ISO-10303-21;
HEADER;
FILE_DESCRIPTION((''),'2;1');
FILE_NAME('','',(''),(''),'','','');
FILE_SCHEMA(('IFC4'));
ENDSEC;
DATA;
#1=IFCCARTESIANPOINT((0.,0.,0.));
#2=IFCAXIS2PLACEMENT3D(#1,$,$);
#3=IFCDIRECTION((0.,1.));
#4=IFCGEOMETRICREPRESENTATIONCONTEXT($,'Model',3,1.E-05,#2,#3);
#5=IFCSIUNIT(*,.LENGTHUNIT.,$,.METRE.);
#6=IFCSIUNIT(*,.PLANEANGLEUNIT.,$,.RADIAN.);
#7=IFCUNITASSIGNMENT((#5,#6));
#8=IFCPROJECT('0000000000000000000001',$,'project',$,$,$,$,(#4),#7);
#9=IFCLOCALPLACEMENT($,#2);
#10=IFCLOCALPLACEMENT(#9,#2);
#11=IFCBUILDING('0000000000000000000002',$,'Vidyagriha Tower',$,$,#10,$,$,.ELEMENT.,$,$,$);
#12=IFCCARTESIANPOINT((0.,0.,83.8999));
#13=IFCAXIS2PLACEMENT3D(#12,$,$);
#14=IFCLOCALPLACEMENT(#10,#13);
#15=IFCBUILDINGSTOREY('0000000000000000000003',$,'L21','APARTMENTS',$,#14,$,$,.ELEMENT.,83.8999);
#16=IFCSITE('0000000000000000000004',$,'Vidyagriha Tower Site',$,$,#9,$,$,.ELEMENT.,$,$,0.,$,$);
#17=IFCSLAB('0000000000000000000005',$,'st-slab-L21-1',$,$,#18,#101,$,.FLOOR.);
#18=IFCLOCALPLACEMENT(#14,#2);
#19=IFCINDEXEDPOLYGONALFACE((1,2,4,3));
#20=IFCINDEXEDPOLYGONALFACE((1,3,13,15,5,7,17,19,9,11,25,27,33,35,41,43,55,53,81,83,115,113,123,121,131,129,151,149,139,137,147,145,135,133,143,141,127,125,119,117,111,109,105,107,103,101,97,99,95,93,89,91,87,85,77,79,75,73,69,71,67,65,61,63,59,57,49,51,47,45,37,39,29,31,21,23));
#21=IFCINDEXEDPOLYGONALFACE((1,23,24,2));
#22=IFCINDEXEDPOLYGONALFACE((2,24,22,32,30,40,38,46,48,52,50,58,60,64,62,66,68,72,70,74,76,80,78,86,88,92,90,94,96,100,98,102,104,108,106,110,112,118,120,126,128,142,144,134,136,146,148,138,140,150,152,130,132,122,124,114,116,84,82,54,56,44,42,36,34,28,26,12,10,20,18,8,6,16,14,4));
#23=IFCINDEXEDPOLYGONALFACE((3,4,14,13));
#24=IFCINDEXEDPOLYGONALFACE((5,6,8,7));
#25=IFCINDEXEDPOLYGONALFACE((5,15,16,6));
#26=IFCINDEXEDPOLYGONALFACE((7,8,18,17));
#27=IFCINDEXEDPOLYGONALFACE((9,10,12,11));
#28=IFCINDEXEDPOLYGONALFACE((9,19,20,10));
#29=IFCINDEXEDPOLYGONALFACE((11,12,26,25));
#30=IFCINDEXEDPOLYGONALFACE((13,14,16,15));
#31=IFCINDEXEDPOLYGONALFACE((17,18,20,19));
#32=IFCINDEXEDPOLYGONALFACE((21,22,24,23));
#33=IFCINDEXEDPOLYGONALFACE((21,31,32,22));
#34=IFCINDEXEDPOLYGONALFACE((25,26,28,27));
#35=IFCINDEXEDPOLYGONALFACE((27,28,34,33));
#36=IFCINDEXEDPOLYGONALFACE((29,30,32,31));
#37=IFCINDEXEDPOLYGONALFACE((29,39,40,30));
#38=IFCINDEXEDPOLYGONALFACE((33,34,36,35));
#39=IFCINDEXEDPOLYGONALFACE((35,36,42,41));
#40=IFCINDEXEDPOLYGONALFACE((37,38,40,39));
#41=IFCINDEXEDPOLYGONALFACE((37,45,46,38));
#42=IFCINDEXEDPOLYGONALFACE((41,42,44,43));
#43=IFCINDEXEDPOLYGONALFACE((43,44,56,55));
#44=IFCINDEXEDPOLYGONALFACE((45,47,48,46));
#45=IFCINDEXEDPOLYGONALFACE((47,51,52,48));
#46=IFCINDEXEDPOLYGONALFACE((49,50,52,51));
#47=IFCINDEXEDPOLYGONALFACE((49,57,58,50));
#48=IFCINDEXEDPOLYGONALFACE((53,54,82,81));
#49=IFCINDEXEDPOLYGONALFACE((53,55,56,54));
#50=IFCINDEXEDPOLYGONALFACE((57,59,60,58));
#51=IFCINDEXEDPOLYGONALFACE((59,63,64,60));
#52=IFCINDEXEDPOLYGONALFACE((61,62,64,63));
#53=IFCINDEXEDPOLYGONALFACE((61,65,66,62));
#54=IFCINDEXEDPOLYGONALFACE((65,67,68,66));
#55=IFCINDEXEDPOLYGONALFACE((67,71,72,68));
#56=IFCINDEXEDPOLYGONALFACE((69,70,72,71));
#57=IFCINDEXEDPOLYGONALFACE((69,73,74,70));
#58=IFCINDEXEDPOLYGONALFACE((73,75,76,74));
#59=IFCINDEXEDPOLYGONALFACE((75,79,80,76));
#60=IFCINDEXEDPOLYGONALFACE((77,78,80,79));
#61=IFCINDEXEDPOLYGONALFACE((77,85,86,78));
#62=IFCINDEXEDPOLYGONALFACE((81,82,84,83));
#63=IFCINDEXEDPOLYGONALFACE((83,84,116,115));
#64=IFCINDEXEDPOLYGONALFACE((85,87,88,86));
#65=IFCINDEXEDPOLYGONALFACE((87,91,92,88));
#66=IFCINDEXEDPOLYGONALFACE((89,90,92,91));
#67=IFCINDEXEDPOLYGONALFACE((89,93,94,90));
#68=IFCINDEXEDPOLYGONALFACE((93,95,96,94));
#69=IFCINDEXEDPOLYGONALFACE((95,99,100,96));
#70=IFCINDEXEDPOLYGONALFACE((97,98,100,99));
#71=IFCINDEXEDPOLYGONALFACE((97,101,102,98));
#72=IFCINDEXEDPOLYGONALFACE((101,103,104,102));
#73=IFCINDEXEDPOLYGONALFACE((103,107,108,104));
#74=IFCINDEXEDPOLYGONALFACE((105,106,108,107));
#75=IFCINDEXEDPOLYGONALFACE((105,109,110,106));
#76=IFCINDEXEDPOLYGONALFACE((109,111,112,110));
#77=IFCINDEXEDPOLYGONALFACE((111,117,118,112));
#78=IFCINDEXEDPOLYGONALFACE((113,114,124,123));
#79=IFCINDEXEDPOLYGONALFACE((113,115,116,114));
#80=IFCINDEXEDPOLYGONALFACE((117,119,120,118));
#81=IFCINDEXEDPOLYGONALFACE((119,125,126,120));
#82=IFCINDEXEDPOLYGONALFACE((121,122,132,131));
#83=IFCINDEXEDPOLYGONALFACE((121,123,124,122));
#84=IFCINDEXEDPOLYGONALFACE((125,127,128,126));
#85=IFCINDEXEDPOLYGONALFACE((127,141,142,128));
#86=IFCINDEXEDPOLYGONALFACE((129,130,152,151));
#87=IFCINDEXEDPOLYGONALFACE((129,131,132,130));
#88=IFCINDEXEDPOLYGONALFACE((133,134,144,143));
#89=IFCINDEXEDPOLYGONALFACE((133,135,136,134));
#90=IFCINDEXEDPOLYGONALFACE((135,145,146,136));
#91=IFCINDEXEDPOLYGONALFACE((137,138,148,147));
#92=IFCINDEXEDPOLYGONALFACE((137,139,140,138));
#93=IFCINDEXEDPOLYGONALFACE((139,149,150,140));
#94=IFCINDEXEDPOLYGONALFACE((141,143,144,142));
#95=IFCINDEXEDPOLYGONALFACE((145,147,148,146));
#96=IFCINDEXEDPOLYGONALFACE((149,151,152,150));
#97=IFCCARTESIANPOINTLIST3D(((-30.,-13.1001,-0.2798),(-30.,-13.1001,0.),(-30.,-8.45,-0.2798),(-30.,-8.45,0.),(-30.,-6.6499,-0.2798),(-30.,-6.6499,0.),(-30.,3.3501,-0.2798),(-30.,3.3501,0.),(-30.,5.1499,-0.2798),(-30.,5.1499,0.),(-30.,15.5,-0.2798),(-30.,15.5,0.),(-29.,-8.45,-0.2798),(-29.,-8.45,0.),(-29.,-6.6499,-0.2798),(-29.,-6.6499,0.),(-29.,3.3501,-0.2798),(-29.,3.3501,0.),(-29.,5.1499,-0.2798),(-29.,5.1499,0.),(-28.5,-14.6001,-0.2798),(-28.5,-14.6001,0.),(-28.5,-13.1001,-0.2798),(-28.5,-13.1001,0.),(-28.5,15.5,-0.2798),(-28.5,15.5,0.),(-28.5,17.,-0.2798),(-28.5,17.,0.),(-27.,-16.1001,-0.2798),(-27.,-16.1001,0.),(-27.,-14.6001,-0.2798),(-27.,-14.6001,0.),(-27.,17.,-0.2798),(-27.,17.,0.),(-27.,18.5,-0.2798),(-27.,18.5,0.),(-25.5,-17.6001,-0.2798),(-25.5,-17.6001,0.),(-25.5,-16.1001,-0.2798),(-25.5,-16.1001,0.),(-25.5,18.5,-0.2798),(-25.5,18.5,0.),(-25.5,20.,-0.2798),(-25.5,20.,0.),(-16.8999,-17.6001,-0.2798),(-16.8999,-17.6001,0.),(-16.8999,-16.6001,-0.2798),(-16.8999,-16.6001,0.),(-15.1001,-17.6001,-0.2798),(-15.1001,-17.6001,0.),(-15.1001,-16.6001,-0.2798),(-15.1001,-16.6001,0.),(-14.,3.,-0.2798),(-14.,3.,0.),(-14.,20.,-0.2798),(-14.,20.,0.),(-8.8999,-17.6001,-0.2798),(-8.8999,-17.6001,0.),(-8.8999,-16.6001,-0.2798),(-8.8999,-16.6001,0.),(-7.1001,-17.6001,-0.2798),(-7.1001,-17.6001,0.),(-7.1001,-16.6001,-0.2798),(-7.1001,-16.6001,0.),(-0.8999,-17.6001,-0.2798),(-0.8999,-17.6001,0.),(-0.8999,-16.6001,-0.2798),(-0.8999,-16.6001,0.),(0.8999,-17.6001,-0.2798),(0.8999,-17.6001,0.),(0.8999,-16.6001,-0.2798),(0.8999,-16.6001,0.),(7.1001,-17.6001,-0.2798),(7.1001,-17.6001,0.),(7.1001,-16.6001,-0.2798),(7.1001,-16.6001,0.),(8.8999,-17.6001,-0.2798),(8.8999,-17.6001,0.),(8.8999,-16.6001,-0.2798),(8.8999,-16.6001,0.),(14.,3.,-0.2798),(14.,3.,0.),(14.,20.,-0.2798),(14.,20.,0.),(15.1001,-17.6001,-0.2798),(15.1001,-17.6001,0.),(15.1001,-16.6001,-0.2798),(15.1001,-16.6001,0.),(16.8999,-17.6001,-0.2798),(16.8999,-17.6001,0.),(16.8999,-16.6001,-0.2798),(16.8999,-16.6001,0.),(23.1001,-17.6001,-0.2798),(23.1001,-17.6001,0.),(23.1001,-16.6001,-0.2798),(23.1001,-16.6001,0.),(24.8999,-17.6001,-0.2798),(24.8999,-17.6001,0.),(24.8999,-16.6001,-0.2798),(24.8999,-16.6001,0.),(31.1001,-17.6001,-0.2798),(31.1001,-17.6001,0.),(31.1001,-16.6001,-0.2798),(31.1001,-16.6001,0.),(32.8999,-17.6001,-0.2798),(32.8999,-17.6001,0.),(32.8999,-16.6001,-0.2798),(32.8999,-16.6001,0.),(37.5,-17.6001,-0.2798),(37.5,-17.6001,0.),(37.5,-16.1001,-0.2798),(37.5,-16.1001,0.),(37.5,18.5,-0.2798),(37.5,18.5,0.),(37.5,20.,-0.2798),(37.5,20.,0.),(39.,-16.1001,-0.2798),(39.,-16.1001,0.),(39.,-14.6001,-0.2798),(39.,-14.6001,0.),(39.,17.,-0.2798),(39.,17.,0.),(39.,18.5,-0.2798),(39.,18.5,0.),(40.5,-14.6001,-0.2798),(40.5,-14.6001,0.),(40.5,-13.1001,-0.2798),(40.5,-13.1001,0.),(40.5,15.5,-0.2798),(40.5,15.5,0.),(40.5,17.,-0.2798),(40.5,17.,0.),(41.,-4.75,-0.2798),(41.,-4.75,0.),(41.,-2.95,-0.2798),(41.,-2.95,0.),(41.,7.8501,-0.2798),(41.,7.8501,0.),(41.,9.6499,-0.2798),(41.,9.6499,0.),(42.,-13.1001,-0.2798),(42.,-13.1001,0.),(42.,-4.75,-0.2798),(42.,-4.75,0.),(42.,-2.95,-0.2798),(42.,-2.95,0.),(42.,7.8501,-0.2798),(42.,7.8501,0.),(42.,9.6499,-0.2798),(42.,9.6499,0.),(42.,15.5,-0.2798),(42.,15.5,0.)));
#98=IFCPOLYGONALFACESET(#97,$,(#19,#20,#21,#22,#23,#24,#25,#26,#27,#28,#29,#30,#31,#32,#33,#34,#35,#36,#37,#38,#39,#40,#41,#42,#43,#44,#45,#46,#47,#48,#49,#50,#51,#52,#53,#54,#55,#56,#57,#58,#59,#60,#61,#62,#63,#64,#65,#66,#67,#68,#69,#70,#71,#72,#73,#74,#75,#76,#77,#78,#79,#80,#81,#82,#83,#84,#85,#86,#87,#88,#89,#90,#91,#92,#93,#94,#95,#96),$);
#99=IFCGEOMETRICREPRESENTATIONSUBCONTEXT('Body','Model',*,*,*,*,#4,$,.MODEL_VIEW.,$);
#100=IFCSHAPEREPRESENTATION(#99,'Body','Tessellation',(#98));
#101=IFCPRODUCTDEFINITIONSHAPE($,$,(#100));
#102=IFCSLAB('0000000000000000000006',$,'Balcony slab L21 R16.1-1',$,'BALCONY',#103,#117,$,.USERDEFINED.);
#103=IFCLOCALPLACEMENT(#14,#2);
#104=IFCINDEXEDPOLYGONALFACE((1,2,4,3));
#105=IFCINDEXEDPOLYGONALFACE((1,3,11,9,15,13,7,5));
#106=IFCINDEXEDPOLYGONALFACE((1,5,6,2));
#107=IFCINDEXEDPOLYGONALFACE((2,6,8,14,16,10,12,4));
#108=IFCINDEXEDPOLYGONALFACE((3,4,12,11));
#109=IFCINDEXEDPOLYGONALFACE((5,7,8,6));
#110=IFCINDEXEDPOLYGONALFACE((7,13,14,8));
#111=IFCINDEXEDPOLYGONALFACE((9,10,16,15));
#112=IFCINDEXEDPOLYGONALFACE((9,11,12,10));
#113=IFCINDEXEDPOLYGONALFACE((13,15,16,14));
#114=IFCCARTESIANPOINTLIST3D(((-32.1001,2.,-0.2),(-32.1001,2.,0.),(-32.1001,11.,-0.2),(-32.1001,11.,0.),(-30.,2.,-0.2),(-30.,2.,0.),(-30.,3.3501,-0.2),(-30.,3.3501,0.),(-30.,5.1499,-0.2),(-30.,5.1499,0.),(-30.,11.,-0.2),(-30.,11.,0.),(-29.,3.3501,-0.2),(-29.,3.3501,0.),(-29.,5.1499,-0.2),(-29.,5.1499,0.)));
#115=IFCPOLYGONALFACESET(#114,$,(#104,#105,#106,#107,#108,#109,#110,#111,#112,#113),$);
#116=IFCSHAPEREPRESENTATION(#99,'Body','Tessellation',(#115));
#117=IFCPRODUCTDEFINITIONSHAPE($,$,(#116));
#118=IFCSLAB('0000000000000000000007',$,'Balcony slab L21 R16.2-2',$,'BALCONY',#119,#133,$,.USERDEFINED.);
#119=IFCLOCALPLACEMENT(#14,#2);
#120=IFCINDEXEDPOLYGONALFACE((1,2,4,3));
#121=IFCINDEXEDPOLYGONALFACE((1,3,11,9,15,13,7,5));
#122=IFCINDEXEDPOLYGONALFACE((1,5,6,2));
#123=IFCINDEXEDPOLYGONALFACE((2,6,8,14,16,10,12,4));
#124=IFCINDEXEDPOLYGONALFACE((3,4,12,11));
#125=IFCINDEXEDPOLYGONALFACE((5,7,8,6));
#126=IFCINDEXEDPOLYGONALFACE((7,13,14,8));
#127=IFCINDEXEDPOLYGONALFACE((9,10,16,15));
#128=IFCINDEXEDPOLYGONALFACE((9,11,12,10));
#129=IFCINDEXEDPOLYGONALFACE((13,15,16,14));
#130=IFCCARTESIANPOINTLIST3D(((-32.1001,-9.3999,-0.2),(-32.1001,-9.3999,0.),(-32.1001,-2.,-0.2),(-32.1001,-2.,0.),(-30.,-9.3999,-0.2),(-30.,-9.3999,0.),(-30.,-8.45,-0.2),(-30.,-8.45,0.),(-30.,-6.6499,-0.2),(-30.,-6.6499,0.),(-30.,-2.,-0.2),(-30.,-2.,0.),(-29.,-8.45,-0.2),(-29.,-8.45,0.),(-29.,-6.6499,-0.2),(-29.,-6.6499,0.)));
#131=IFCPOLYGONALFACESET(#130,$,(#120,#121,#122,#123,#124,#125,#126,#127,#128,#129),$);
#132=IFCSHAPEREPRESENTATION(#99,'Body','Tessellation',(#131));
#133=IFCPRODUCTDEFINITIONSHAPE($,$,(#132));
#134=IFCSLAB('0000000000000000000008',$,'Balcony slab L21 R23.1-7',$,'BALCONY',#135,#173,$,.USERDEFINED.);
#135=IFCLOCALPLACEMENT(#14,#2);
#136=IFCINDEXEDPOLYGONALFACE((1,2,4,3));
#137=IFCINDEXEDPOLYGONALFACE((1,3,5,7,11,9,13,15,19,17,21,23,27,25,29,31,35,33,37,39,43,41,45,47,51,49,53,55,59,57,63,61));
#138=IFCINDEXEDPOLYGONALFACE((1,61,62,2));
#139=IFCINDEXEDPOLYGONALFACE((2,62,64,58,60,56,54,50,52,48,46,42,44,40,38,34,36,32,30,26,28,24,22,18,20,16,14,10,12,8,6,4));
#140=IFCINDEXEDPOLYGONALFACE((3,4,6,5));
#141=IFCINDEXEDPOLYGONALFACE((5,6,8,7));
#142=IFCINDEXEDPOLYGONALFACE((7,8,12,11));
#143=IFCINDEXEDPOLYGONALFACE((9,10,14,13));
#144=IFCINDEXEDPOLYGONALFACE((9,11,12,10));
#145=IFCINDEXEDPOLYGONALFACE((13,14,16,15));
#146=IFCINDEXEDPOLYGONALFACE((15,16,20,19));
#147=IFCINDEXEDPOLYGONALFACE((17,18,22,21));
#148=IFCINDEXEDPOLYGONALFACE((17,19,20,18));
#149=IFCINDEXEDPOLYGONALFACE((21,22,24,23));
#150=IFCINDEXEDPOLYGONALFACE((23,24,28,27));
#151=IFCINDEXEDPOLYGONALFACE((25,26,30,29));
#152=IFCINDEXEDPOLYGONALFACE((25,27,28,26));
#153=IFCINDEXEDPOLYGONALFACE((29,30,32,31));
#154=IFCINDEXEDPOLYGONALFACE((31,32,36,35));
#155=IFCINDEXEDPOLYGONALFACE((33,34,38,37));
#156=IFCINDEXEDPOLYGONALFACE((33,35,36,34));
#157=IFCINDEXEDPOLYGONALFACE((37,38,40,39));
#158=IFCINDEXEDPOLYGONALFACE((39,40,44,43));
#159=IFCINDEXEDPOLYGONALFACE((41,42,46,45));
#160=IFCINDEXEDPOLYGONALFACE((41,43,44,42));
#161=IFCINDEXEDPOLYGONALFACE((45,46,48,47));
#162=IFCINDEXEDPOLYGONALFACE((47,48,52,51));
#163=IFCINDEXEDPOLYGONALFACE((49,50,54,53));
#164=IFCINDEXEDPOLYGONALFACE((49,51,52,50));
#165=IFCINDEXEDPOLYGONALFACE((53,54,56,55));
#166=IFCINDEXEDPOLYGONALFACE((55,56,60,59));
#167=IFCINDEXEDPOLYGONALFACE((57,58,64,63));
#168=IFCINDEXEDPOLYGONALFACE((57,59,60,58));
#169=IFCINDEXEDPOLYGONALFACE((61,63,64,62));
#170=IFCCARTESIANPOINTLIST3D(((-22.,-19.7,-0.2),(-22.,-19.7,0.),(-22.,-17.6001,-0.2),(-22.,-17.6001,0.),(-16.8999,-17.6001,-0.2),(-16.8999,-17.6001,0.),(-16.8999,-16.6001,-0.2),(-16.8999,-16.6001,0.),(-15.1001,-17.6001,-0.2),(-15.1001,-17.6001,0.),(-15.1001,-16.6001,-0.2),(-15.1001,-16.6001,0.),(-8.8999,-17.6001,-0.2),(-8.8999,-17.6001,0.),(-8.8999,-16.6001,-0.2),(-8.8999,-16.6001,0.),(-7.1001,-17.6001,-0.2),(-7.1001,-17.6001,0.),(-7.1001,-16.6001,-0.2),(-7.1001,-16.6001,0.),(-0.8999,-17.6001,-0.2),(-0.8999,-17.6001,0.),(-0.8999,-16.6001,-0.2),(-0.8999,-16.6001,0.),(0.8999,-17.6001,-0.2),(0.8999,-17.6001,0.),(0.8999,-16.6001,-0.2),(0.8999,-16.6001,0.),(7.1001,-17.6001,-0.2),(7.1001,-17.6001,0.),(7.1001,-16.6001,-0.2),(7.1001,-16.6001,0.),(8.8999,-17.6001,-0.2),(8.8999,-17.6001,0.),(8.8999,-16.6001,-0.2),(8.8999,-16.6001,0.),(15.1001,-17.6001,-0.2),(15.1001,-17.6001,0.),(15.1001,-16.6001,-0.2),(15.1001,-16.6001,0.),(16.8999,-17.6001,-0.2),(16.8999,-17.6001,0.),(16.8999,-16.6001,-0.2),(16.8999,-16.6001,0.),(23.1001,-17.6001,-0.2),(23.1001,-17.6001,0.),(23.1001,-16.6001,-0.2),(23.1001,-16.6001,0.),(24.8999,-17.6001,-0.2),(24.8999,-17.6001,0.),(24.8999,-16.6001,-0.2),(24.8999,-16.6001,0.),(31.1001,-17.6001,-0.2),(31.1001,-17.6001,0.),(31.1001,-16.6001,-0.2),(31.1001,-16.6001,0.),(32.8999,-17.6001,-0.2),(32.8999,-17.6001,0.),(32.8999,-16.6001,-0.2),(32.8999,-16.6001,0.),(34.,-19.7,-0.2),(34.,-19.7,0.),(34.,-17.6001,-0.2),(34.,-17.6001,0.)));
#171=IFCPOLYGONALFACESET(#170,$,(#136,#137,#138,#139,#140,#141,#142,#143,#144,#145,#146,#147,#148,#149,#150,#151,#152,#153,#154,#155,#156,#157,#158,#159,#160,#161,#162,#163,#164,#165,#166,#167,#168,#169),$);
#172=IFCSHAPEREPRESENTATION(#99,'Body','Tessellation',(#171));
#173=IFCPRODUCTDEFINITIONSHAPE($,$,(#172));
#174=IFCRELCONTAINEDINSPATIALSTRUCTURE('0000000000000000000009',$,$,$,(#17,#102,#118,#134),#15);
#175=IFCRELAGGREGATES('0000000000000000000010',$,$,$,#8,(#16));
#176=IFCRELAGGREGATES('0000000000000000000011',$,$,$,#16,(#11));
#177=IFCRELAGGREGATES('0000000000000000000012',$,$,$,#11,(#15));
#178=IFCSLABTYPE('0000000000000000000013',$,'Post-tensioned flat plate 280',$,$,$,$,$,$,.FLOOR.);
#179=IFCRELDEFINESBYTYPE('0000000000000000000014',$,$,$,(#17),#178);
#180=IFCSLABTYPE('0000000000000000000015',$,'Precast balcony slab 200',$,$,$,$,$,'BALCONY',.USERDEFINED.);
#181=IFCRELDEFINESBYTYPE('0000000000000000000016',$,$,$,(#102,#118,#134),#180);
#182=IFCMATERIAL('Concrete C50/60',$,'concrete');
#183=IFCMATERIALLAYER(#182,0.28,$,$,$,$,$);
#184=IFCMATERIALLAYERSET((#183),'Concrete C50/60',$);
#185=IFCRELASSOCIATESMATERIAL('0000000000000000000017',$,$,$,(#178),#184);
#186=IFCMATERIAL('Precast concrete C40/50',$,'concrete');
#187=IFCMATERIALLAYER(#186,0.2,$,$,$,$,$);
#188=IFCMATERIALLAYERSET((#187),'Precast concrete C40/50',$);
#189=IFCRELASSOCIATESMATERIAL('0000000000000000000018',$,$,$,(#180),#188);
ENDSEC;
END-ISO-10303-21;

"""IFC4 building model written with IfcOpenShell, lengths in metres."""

from ifc_helpers import new_model, si_unit, direction, frame, origin, place, context, subcontext, project, spatial, polyline, outline, extrude, material, layer, layer_set, type_object, element, save


model = new_model("IFC4")

# Units and contexts
model_context = context("Model", 3, precision=1e-05, world=origin(), true_north=direction((0.0, 1.0)))
body_context = subcontext(model_context, "Body", "Model", "MODEL_VIEW")
ifc_project = project(units=[si_unit("LENGTHUNIT", "METRE"), si_unit("PLANEANGLEUNIT", "RADIAN")], contexts=[model_context])

# Site, building, storey
site_placement = place(None, origin())
site = spatial("IfcSite", under=ifc_project, at=site_placement, Name="Vidyagriha Tower Site", CompositionType="ELEMENT", RefElevation=0.0)
building_placement = place(site_placement, origin())
building = spatial("IfcBuilding", under=site, at=building_placement, Name="Vidyagriha Tower", CompositionType="ELEMENT")
storey_placement = place(building_placement, frame((0.0, 0.0, 83.8999)))
storey = spatial("IfcBuildingStorey", under=building, at=storey_placement, Name="L21", Description="APARTMENTS", CompositionType="ELEMENT", Elevation=83.8999)

# Slabs
ifc_material_1 = material(Name="Concrete C50/60", Category="concrete")
ifc_layer_1 = layer(ifc_material_1, 0.28)
ifc_layer_set_1 = layer_set([ifc_layer_1], Name="Concrete C50/60")
slab_type_1 = type_object("IfcSlabType", Name="Post-tensioned flat plate 280", PredefinedType="FLOOR", material=ifc_layer_set_1)
slab_1_placement = place(storey_placement, frame((0.0, 0.0, -0.2798)))
element("IfcSlab", 1, at=slab_1_placement, inside=storey, type_object=slab_type_1, Name="st-slab-L21-1", PredefinedType="FLOOR", context=body_context, shape_type="SweptSolid", body=[
    extrude(outline(polyline([(40.5, -14.6001), (39.0, -14.6001), (39.0, -16.1001), (37.5, -16.1001), (37.5, -17.6001), (32.8999, -17.6001), (32.8999, -16.6001), (31.1001, -16.6001), (31.1001, -17.6001), (24.8999, -17.6001), (24.8999, -16.6001), (23.1001, -16.6001), (23.1001, -17.6001), (16.8999, -17.6001), (16.8999, -16.6001), (15.1001, -16.6001), (15.1001, -17.6001), (8.8999, -17.6001), (8.8999, -16.6001), (7.1001, -16.6001), (7.1001, -17.6001), (0.8999, -17.6001), (0.8999, -16.6001), (-0.8999, -16.6001), (-0.8999, -17.6001), (-7.1001, -17.6001), (-7.1001, -16.6001), (-8.8999, -16.6001), (-8.8999, -17.6001), (-15.1001, -17.6001), (-15.1001, -16.6001), (-16.8999, -16.6001), (-16.8999, -17.6001), (-25.5, -17.6001), (-25.5, -16.1001), (-27.0, -16.1001), (-27.0, -14.6001), (-28.5, -14.6001), (-28.5, -13.1001), (-30.0, -13.1001), (-30.0, -8.45), (-29.0, -8.45), (-29.0, -6.6499), (-30.0, -6.6499), (-30.0, 3.3501), (-29.0, 3.3501), (-29.0, 5.1499), (-30.0, 5.1499), (-30.0, 15.5), (-28.5, 15.5), (-28.5, 17.0), (-27.0, 17.0), (-27.0, 18.5), (-25.5, 18.5), (-25.5, 20.0), (-14.0, 20.0), (-14.0, 3.0), (14.0, 3.0), (14.0, 20.0), (37.5, 20.0), (37.5, 18.5), (39.0, 18.5), (39.0, 17.0), (40.5, 17.0), (40.5, 15.5), (42.0, 15.5), (42.0, 9.6499), (41.0, 9.6499), (41.0, 7.8501), (42.0, 7.8501), (42.0, -2.95), (41.0, -2.95), (41.0, -4.75), (42.0, -4.75), (42.0, -13.1001), (40.5, -13.1001), (40.5, -14.6001)])), origin(), (0.0, 0.0, 1.0), 0.2798),
])
ifc_material_2 = material(Name="Precast concrete C40/50", Category="concrete")
ifc_layer_2 = layer(ifc_material_2, 0.2)
ifc_layer_set_2 = layer_set([ifc_layer_2], Name="Precast concrete C40/50")
slab_type_2 = type_object("IfcSlabType", Name="Precast balcony slab 200", ElementType="BALCONY", PredefinedType="USERDEFINED", material=ifc_layer_set_2)
slab_2_placement = place(storey_placement, frame((0.0, 0.0, -0.2)))
element("IfcSlab", 2, at=slab_2_placement, inside=storey, type_object=slab_type_2, Name="Balcony slab L21 R16.1-1", ObjectType="BALCONY", PredefinedType="USERDEFINED", context=body_context, shape_type="SweptSolid", body=[
    extrude(outline(polyline([(-29.0, 3.3501), (-29.0, 5.1499), (-30.0, 5.1499), (-30.0, 11.0), (-32.1001, 11.0), (-32.1001, 2.0), (-30.0, 2.0), (-30.0, 3.3501), (-29.0, 3.3501)])), origin(), (0.0, 0.0, 1.0), 0.2),
])
slab_3_placement = place(storey_placement, frame((0.0, 0.0, -0.2)))
element("IfcSlab", 3, at=slab_3_placement, inside=storey, type_object=slab_type_2, Name="Balcony slab L21 R16.2-2", ObjectType="BALCONY", PredefinedType="USERDEFINED", context=body_context, shape_type="SweptSolid", body=[
    extrude(outline(polyline([(-29.0, -8.45), (-29.0, -6.6499), (-30.0, -6.6499), (-30.0, -2.0), (-32.1001, -2.0), (-32.1001, -9.3999), (-30.0, -9.3999), (-30.0, -8.45), (-29.0, -8.45)])), origin(), (0.0, 0.0, 1.0), 0.2),
])
slab_4_placement = place(storey_placement, frame((0.0, 0.0, -0.2)))
element("IfcSlab", 4, at=slab_4_placement, inside=storey, type_object=slab_type_2, Name="Balcony slab L21 R23.1-7", ObjectType="BALCONY", PredefinedType="USERDEFINED", context=body_context, shape_type="SweptSolid", body=[
    extrude(outline(polyline([(-15.1001, -16.6001), (-16.8999, -16.6001), (-16.8999, -17.6001), (-22.0, -17.6001), (-22.0, -19.7), (34.0, -19.7), (34.0, -17.6001), (32.8999, -17.6001), (32.8999, -16.6001), (31.1001, -16.6001), (31.1001, -17.6001), (24.8999, -17.6001), (24.8999, -16.6001), (23.1001, -16.6001), (23.1001, -17.6001), (16.8999, -17.6001), (16.8999, -16.6001), (15.1001, -16.6001), (15.1001, -17.6001), (8.8999, -17.6001), (8.8999, -16.6001), (7.1001, -16.6001), (7.1001, -17.6001), (0.8999, -17.6001), (0.8999, -16.6001), (-0.8999, -16.6001), (-0.8999, -17.6001), (-7.1001, -17.6001), (-7.1001, -16.6001), (-8.8999, -16.6001), (-8.8999, -17.6001), (-15.1001, -17.6001), (-15.1001, -16.6001)])), origin(), (0.0, 0.0, 1.0), 0.2),
])

save(model, "model.ifc")
